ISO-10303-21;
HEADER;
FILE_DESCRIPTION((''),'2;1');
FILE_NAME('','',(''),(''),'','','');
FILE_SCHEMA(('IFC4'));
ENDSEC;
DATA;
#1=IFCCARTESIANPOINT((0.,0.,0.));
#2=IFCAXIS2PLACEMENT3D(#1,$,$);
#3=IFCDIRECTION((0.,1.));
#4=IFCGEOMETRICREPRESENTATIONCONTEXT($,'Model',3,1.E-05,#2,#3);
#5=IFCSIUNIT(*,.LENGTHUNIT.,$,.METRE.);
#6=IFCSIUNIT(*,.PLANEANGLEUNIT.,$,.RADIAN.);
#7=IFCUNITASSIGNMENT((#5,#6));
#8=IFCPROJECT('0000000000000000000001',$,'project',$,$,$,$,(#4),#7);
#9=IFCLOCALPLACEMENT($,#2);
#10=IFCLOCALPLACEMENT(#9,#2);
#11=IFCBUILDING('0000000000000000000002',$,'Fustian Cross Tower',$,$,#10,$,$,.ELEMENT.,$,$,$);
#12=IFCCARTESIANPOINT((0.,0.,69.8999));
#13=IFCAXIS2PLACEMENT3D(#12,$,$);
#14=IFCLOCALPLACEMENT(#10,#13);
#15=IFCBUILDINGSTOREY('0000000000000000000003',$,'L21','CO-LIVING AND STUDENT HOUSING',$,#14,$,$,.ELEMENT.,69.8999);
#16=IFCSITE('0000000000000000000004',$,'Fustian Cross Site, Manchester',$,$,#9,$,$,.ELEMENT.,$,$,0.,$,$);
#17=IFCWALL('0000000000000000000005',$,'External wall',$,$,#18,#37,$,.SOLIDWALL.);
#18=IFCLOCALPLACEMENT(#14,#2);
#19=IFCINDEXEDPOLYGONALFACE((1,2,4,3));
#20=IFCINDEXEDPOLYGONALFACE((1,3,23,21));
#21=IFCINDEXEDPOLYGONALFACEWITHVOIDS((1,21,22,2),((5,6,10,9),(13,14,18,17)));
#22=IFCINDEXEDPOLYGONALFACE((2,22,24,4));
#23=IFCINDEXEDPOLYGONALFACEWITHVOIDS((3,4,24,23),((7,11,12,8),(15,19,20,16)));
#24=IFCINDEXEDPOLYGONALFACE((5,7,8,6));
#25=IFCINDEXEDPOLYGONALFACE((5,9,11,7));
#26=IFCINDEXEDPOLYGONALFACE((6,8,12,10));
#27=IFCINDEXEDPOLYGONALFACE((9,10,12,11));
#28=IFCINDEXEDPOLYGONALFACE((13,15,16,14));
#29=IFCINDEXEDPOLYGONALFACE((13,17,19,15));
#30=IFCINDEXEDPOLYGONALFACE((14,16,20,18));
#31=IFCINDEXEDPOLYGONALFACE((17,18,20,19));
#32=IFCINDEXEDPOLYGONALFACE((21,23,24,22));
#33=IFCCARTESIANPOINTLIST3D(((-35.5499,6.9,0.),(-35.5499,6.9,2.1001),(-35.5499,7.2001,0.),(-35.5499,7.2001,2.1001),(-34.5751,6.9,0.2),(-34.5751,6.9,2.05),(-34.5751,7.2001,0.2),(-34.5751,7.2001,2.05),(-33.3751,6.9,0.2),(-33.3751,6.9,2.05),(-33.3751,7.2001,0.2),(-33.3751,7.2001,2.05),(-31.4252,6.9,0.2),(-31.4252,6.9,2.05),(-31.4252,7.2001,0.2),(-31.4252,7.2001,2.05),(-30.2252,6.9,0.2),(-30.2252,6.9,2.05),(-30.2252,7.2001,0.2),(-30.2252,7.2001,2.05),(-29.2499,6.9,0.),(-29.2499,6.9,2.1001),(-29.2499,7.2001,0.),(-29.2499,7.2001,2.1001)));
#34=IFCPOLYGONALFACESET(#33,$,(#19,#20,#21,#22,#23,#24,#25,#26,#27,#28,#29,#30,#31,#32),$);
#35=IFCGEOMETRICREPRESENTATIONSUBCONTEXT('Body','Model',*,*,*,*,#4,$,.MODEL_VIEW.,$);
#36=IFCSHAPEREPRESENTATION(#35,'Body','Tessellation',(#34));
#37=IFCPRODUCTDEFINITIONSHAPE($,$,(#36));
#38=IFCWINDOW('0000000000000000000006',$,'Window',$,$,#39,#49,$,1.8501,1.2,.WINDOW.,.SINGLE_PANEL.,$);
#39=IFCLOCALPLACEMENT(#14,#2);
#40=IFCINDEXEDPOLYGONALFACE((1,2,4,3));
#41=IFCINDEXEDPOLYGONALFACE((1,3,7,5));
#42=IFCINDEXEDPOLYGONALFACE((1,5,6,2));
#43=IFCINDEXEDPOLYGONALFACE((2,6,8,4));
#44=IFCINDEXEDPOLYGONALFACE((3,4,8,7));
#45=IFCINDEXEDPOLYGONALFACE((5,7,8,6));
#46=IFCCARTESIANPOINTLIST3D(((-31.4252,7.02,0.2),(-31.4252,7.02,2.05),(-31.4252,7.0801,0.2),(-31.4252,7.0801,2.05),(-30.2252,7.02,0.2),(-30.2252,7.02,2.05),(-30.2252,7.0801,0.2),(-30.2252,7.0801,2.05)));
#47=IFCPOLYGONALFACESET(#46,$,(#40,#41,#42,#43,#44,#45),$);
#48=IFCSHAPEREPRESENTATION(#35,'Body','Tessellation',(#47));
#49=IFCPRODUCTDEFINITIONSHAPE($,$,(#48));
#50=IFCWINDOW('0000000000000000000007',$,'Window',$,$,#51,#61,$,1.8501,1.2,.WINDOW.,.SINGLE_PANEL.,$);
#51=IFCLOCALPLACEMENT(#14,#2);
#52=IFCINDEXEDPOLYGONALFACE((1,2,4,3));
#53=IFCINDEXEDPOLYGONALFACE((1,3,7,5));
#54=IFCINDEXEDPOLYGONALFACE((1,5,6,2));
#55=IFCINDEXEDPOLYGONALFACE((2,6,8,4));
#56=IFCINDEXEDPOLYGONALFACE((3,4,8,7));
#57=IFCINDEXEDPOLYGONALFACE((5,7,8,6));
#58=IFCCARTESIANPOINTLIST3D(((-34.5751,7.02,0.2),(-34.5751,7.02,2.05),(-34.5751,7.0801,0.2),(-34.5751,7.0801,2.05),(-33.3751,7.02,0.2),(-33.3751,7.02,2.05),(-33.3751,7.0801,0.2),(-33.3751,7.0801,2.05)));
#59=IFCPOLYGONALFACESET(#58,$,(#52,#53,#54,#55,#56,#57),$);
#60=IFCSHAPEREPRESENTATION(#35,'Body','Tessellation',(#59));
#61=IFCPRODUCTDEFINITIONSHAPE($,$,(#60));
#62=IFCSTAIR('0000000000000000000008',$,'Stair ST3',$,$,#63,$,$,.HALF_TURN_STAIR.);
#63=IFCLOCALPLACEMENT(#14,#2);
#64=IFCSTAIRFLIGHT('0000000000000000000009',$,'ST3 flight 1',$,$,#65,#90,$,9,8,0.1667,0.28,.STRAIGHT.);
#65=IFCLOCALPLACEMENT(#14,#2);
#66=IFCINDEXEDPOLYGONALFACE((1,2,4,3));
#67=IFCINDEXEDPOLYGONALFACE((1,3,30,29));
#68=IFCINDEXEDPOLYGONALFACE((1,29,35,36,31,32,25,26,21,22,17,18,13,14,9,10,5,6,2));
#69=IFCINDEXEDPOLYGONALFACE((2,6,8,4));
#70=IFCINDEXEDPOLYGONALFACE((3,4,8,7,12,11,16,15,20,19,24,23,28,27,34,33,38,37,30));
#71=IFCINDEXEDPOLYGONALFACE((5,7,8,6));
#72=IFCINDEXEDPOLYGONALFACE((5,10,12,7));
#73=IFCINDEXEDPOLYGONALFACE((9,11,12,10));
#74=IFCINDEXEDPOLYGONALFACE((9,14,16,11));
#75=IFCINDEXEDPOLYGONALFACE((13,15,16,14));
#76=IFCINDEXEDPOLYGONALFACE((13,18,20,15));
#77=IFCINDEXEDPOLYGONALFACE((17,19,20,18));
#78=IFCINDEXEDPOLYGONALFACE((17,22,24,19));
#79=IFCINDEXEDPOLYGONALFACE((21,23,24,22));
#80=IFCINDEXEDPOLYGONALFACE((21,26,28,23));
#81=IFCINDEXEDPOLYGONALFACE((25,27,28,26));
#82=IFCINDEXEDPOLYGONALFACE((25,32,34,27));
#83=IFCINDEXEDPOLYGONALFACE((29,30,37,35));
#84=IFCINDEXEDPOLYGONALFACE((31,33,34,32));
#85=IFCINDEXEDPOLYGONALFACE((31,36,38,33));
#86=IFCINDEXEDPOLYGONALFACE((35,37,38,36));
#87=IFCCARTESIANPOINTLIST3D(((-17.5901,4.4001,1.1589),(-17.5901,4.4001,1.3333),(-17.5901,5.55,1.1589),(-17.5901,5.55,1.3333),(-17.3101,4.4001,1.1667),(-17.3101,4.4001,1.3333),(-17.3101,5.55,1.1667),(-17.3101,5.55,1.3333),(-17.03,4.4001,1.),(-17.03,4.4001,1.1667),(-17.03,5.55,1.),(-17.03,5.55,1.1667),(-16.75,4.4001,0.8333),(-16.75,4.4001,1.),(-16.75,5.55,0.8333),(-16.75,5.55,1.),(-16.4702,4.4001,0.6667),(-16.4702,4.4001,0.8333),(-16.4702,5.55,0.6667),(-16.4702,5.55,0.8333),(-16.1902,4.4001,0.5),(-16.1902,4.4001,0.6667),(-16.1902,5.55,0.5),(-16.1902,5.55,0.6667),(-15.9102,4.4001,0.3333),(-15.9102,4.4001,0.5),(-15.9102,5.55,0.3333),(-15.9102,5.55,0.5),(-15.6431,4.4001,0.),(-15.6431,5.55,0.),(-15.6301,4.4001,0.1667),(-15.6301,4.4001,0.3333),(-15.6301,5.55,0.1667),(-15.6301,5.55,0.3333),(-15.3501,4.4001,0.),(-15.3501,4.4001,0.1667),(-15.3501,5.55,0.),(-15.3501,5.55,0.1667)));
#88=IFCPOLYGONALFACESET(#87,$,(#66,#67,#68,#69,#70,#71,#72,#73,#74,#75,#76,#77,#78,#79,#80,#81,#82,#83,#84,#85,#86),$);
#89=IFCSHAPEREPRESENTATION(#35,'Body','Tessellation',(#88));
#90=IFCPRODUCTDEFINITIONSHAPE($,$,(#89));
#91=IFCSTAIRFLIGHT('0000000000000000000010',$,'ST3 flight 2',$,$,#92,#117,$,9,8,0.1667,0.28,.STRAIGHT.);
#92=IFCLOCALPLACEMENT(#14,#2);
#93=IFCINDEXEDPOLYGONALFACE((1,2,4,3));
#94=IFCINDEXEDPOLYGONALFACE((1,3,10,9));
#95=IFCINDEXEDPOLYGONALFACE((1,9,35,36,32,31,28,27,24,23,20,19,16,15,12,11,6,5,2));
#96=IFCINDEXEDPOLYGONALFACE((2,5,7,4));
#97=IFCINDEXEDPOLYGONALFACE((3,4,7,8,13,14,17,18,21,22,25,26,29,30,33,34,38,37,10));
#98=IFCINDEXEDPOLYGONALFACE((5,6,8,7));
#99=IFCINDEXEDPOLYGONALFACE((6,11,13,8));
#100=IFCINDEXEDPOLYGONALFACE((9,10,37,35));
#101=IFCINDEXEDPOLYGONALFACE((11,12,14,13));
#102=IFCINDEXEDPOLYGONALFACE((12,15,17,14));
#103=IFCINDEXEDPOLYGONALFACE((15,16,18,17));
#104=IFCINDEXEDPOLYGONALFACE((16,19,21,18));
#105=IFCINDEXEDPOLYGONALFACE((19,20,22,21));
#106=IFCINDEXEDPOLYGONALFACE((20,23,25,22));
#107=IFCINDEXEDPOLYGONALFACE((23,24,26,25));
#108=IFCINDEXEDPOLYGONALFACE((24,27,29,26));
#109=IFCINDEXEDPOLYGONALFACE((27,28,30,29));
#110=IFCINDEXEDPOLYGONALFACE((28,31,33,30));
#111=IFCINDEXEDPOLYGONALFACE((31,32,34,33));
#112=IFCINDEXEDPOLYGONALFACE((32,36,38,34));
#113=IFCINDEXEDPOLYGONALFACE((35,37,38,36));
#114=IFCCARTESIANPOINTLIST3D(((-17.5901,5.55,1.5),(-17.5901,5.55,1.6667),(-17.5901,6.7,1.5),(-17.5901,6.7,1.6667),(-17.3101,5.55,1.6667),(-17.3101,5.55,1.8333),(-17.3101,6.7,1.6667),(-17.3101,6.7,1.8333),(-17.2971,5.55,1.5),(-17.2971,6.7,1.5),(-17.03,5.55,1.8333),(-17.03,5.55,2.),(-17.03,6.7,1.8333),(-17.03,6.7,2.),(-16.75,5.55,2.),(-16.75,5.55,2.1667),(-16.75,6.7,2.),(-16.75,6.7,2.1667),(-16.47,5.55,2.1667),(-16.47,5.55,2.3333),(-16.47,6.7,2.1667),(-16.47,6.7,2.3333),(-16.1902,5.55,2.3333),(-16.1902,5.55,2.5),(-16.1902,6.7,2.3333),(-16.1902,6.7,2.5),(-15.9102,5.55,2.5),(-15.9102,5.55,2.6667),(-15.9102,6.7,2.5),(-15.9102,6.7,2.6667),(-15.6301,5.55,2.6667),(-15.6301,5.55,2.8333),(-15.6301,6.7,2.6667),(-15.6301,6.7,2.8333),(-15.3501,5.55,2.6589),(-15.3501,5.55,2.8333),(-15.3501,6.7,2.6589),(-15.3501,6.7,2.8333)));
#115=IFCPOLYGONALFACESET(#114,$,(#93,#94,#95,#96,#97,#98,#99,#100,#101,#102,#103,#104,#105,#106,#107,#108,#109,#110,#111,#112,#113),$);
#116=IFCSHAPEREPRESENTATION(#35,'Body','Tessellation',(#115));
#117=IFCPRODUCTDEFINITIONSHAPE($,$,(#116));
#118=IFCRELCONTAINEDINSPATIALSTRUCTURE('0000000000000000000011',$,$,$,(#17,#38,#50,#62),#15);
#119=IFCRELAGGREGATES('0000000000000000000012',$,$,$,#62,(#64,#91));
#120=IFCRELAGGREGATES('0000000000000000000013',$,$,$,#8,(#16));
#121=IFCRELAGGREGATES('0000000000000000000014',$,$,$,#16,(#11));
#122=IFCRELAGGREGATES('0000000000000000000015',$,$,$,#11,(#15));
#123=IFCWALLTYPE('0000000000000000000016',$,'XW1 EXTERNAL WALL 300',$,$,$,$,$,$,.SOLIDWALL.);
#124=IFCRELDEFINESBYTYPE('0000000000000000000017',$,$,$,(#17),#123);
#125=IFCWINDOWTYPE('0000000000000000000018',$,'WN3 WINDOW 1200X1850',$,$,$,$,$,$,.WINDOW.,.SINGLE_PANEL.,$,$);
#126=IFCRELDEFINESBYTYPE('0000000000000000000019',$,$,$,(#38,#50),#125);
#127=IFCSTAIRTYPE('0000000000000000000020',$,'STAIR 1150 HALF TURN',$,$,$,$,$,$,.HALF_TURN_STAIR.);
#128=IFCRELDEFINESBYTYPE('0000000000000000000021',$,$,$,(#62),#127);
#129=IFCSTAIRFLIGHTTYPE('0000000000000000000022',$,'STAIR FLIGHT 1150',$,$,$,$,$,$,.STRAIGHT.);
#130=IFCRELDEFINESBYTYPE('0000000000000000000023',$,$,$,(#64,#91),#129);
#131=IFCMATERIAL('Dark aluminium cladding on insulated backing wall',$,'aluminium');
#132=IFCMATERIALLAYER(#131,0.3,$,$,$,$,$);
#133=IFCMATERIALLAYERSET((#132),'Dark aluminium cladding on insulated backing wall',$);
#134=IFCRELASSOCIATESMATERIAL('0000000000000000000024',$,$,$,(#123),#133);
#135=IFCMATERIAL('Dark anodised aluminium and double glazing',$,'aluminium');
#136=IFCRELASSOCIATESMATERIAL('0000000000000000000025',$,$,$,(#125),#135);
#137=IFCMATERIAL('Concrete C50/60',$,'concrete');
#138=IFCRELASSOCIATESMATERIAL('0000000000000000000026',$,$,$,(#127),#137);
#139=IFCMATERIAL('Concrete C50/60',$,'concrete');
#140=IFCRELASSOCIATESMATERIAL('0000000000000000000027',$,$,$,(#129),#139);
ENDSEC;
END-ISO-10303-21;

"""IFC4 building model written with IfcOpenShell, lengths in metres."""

from ifc_helpers import new_model, si_unit, direction, frame, frame_2d, origin, place, context, subcontext, project, spatial, polyline, rectangle, outline, extrude, material, layer, layer_set, type_object, element, fill, aggregate, save


model = new_model("IFC4")

# Units and contexts
model_context = context("Model", 3, precision=1e-05, world=origin(), true_north=direction((0.0, 1.0)))
body_context = subcontext(model_context, "Body", "Model", "MODEL_VIEW")
ifc_project = project(units=[si_unit("LENGTHUNIT", "METRE"), si_unit("PLANEANGLEUNIT", "RADIAN")], contexts=[model_context])

# Site, building, storey
site_placement = place(None, origin())
site = spatial("IfcSite", under=ifc_project, at=site_placement, Name="Fustian Cross Site, Manchester", CompositionType="ELEMENT", RefElevation=0.0)
building_placement = place(site_placement, origin())
building = spatial("IfcBuilding", under=site, at=building_placement, Name="Fustian Cross Tower", CompositionType="ELEMENT")
storey_placement = place(building_placement, frame((0.0, 0.0, 69.8999)))
storey = spatial("IfcBuildingStorey", under=building, at=storey_placement, Name="L21", Description="CO-LIVING AND STUDENT HOUSING", CompositionType="ELEMENT", Elevation=69.8999)

# Shared definitions
ifc_material_1 = material(Name="Dark aluminium cladding on insulated backing wall", Category="aluminium")
ifc_layer_1 = layer(ifc_material_1, 0.3)
ifc_layer_set_1 = layer_set([ifc_layer_1], Name="Dark aluminium cladding on insulated backing wall")
wall_type_1 = type_object("IfcWallType", Name="XW1 EXTERNAL WALL 300", PredefinedType="SOLIDWALL", material=ifc_layer_set_1)
ifc_material_2 = material(Name="Dark anodised aluminium and double glazing", Category="aluminium")
window_type = type_object("IfcWindowType", Name="WN3 WINDOW 1200X1850", PartitioningType="SINGLE_PANEL", PredefinedType="WINDOW", material=ifc_material_2)

# Wall, openings, windows
wall_1_placement = place(storey_placement, frame((-29.25, 7.05, 0.0), z_axis=(0.0, 0.0, 1.0), x_axis=(-1.0, 0.0, 0.0)))
wall_1 = element("IfcWall", 1, at=wall_1_placement, inside=storey, type_object=wall_type_1, Name="External wall", PredefinedType="SOLIDWALL", context=body_context, shape_type="SweptSolid", body=[
    extrude(rectangle(XDim=6.3, YDim=0.3, at=frame_2d((3.1499, 0.0))), origin(), (0.0, 0.0, 1.0), 2.1001),
])
opening_1_placement = place(wall_1_placement, frame((0.9751, 0.0, 0.2)))
opening_1 = element("IfcOpeningElement", 2, at=opening_1_placement, cuts=wall_1, PredefinedType="OPENING", context=body_context, shape_type="SweptSolid", body=[
    extrude(rectangle(XDim=1.2, YDim=1.8501, at=frame_2d((0.6001, 0.925))), frame((0.0, 0.1599, 0.0), z_axis=(0.0, -1.0, 0.0), x_axis=(1.0, 0.0, 0.0)), (0.0, 0.0, 1.0), 0.3201),
])
opening_2_placement = place(wall_1_placement, frame((4.125, 0.0, 0.2)))
opening_2 = element("IfcOpeningElement", 3, at=opening_2_placement, cuts=wall_1, PredefinedType="OPENING", context=body_context, shape_type="SweptSolid", body=[
    extrude(rectangle(XDim=1.2, YDim=1.8501, at=frame_2d((0.6001, 0.925))), frame((0.0, 0.1599, 0.0), z_axis=(0.0, -1.0, 0.0), x_axis=(1.0, 0.0, 0.0)), (0.0, 0.0, 1.0), 0.3201),
])
window_1_placement = place(opening_1_placement, origin())
window_1 = element("IfcWindow", 4, at=window_1_placement, inside=storey, type_object=window_type, Name="Window", OverallHeight=1.8501, OverallWidth=1.2, PartitioningType="SINGLE_PANEL", PredefinedType="WINDOW", context=body_context, shape_type="SweptSolid", body=[
    extrude(rectangle(XDim=1.2, YDim=1.8501, at=frame_2d((0.6001, 0.925))), frame((0.0, 0.03, 0.0), z_axis=(0.0, -1.0, 0.0), x_axis=(1.0, 0.0, 0.0)), (0.0, 0.0, 1.0), 0.0601),
])
fill(opening_1, window_1)
window_2_placement = place(opening_2_placement, origin())
window_2 = element("IfcWindow", 5, at=window_2_placement, inside=storey, type_object=window_type, Name="Window", OverallHeight=1.8501, OverallWidth=1.2, PartitioningType="SINGLE_PANEL", PredefinedType="WINDOW", context=body_context, shape_type="SweptSolid", body=[
    extrude(rectangle(XDim=1.2, YDim=1.8501, at=frame_2d((0.6001, 0.925))), frame((0.0, 0.03, 0.0), z_axis=(0.0, -1.0, 0.0), x_axis=(1.0, 0.0, 0.0)), (0.0, 0.0, 1.0), 0.0601),
])
fill(opening_2, window_2)

# Stair, stair flights
ifc_material_3 = material(Name="Concrete C50/60", Category="concrete")
stair_type = type_object("IfcStairType", Name="STAIR 1150 HALF TURN", PredefinedType="HALF_TURN_STAIR", material=ifc_material_3)
stair_placement = place(storey_placement, origin())
stair = element("IfcStair", 6, at=stair_placement, inside=storey, type_object=stair_type, Name="Stair ST3", PredefinedType="HALF_TURN_STAIR")
ifc_material_4 = material(Name="Concrete C50/60", Category="concrete")
stair_flight_type = type_object("IfcStairFlightType", Name="STAIR FLIGHT 1150", PredefinedType="STRAIGHT", material=ifc_material_4)
stair_flight_1_placement = place(storey_placement, frame((-15.3501, 4.9751, 0.0), z_axis=(0.0, 0.0, 1.0), x_axis=(-1.0, 0.0, 0.0)))
stair_flight_1 = element("IfcStairFlight", 7, at=stair_flight_1_placement, type_object=stair_flight_type, Name="ST3 flight 1", NumberOfRisers=9, NumberOfTreads=8, PredefinedType="STRAIGHT", RiserHeight=0.1667, TreadLength=0.28, context=body_context, shape_type="SweptSolid", body=[
    extrude(outline(polyline([(0.0, 0.0), (0.0, 0.1667), (0.28, 0.1667), (0.28, 0.3333), (0.5601, 0.3333), (0.5601, 0.5), (0.8401, 0.5), (0.8401, 0.6667), (1.1201, 0.6667), (1.1201, 0.8333), (1.3999, 0.8333), (1.3999, 1.0), (1.6799, 1.0), (1.6799, 1.1667), (1.96, 1.1667), (1.96, 1.3333), (2.24, 1.3333), (2.24, 1.5), (2.24, 1.1589), (0.293, 0.0), (0.0, 0.0)])), frame((0.0, 0.575, 0.0), z_axis=(0.0, -1.0, 0.0), x_axis=(1.0, 0.0, 0.0)), (0.0, 0.0, 1.0), 1.1499),
])
stair_flight_2_placement = place(storey_placement, frame((-17.5901, 6.125, 1.5), z_axis=(0.0, 0.0, 1.0), x_axis=(1.0, 0.0, 0.0)))
stair_flight_2 = element("IfcStairFlight", 8, at=stair_flight_2_placement, type_object=stair_flight_type, Name="ST3 flight 2", NumberOfRisers=9, NumberOfTreads=8, PredefinedType="STRAIGHT", RiserHeight=0.1667, TreadLength=0.28, context=body_context, shape_type="SweptSolid", body=[
    extrude(outline(polyline([(0.0, 0.0), (0.0, 0.1667), (0.28, 0.1667), (0.28, 0.3333), (0.5601, 0.3333), (0.5601, 0.5), (0.8401, 0.5), (0.8401, 0.6667), (1.1201, 0.6667), (1.1201, 0.8333), (1.3999, 0.8333), (1.3999, 1.0), (1.6799, 1.0), (1.6799, 1.1667), (1.96, 1.1667), (1.96, 1.3333), (2.24, 1.3333), (2.24, 1.5), (2.24, 1.1589), (0.293, 0.0), (0.0, 0.0)])), frame((0.0, 0.575, 0.0), z_axis=(0.0, -1.0, 0.0), x_axis=(1.0, 0.0, 0.0)), (0.0, 0.0, 1.0), 1.1499),
])
aggregate(stair, [stair_flight_1, stair_flight_2])

save(model, "model.ifc")
